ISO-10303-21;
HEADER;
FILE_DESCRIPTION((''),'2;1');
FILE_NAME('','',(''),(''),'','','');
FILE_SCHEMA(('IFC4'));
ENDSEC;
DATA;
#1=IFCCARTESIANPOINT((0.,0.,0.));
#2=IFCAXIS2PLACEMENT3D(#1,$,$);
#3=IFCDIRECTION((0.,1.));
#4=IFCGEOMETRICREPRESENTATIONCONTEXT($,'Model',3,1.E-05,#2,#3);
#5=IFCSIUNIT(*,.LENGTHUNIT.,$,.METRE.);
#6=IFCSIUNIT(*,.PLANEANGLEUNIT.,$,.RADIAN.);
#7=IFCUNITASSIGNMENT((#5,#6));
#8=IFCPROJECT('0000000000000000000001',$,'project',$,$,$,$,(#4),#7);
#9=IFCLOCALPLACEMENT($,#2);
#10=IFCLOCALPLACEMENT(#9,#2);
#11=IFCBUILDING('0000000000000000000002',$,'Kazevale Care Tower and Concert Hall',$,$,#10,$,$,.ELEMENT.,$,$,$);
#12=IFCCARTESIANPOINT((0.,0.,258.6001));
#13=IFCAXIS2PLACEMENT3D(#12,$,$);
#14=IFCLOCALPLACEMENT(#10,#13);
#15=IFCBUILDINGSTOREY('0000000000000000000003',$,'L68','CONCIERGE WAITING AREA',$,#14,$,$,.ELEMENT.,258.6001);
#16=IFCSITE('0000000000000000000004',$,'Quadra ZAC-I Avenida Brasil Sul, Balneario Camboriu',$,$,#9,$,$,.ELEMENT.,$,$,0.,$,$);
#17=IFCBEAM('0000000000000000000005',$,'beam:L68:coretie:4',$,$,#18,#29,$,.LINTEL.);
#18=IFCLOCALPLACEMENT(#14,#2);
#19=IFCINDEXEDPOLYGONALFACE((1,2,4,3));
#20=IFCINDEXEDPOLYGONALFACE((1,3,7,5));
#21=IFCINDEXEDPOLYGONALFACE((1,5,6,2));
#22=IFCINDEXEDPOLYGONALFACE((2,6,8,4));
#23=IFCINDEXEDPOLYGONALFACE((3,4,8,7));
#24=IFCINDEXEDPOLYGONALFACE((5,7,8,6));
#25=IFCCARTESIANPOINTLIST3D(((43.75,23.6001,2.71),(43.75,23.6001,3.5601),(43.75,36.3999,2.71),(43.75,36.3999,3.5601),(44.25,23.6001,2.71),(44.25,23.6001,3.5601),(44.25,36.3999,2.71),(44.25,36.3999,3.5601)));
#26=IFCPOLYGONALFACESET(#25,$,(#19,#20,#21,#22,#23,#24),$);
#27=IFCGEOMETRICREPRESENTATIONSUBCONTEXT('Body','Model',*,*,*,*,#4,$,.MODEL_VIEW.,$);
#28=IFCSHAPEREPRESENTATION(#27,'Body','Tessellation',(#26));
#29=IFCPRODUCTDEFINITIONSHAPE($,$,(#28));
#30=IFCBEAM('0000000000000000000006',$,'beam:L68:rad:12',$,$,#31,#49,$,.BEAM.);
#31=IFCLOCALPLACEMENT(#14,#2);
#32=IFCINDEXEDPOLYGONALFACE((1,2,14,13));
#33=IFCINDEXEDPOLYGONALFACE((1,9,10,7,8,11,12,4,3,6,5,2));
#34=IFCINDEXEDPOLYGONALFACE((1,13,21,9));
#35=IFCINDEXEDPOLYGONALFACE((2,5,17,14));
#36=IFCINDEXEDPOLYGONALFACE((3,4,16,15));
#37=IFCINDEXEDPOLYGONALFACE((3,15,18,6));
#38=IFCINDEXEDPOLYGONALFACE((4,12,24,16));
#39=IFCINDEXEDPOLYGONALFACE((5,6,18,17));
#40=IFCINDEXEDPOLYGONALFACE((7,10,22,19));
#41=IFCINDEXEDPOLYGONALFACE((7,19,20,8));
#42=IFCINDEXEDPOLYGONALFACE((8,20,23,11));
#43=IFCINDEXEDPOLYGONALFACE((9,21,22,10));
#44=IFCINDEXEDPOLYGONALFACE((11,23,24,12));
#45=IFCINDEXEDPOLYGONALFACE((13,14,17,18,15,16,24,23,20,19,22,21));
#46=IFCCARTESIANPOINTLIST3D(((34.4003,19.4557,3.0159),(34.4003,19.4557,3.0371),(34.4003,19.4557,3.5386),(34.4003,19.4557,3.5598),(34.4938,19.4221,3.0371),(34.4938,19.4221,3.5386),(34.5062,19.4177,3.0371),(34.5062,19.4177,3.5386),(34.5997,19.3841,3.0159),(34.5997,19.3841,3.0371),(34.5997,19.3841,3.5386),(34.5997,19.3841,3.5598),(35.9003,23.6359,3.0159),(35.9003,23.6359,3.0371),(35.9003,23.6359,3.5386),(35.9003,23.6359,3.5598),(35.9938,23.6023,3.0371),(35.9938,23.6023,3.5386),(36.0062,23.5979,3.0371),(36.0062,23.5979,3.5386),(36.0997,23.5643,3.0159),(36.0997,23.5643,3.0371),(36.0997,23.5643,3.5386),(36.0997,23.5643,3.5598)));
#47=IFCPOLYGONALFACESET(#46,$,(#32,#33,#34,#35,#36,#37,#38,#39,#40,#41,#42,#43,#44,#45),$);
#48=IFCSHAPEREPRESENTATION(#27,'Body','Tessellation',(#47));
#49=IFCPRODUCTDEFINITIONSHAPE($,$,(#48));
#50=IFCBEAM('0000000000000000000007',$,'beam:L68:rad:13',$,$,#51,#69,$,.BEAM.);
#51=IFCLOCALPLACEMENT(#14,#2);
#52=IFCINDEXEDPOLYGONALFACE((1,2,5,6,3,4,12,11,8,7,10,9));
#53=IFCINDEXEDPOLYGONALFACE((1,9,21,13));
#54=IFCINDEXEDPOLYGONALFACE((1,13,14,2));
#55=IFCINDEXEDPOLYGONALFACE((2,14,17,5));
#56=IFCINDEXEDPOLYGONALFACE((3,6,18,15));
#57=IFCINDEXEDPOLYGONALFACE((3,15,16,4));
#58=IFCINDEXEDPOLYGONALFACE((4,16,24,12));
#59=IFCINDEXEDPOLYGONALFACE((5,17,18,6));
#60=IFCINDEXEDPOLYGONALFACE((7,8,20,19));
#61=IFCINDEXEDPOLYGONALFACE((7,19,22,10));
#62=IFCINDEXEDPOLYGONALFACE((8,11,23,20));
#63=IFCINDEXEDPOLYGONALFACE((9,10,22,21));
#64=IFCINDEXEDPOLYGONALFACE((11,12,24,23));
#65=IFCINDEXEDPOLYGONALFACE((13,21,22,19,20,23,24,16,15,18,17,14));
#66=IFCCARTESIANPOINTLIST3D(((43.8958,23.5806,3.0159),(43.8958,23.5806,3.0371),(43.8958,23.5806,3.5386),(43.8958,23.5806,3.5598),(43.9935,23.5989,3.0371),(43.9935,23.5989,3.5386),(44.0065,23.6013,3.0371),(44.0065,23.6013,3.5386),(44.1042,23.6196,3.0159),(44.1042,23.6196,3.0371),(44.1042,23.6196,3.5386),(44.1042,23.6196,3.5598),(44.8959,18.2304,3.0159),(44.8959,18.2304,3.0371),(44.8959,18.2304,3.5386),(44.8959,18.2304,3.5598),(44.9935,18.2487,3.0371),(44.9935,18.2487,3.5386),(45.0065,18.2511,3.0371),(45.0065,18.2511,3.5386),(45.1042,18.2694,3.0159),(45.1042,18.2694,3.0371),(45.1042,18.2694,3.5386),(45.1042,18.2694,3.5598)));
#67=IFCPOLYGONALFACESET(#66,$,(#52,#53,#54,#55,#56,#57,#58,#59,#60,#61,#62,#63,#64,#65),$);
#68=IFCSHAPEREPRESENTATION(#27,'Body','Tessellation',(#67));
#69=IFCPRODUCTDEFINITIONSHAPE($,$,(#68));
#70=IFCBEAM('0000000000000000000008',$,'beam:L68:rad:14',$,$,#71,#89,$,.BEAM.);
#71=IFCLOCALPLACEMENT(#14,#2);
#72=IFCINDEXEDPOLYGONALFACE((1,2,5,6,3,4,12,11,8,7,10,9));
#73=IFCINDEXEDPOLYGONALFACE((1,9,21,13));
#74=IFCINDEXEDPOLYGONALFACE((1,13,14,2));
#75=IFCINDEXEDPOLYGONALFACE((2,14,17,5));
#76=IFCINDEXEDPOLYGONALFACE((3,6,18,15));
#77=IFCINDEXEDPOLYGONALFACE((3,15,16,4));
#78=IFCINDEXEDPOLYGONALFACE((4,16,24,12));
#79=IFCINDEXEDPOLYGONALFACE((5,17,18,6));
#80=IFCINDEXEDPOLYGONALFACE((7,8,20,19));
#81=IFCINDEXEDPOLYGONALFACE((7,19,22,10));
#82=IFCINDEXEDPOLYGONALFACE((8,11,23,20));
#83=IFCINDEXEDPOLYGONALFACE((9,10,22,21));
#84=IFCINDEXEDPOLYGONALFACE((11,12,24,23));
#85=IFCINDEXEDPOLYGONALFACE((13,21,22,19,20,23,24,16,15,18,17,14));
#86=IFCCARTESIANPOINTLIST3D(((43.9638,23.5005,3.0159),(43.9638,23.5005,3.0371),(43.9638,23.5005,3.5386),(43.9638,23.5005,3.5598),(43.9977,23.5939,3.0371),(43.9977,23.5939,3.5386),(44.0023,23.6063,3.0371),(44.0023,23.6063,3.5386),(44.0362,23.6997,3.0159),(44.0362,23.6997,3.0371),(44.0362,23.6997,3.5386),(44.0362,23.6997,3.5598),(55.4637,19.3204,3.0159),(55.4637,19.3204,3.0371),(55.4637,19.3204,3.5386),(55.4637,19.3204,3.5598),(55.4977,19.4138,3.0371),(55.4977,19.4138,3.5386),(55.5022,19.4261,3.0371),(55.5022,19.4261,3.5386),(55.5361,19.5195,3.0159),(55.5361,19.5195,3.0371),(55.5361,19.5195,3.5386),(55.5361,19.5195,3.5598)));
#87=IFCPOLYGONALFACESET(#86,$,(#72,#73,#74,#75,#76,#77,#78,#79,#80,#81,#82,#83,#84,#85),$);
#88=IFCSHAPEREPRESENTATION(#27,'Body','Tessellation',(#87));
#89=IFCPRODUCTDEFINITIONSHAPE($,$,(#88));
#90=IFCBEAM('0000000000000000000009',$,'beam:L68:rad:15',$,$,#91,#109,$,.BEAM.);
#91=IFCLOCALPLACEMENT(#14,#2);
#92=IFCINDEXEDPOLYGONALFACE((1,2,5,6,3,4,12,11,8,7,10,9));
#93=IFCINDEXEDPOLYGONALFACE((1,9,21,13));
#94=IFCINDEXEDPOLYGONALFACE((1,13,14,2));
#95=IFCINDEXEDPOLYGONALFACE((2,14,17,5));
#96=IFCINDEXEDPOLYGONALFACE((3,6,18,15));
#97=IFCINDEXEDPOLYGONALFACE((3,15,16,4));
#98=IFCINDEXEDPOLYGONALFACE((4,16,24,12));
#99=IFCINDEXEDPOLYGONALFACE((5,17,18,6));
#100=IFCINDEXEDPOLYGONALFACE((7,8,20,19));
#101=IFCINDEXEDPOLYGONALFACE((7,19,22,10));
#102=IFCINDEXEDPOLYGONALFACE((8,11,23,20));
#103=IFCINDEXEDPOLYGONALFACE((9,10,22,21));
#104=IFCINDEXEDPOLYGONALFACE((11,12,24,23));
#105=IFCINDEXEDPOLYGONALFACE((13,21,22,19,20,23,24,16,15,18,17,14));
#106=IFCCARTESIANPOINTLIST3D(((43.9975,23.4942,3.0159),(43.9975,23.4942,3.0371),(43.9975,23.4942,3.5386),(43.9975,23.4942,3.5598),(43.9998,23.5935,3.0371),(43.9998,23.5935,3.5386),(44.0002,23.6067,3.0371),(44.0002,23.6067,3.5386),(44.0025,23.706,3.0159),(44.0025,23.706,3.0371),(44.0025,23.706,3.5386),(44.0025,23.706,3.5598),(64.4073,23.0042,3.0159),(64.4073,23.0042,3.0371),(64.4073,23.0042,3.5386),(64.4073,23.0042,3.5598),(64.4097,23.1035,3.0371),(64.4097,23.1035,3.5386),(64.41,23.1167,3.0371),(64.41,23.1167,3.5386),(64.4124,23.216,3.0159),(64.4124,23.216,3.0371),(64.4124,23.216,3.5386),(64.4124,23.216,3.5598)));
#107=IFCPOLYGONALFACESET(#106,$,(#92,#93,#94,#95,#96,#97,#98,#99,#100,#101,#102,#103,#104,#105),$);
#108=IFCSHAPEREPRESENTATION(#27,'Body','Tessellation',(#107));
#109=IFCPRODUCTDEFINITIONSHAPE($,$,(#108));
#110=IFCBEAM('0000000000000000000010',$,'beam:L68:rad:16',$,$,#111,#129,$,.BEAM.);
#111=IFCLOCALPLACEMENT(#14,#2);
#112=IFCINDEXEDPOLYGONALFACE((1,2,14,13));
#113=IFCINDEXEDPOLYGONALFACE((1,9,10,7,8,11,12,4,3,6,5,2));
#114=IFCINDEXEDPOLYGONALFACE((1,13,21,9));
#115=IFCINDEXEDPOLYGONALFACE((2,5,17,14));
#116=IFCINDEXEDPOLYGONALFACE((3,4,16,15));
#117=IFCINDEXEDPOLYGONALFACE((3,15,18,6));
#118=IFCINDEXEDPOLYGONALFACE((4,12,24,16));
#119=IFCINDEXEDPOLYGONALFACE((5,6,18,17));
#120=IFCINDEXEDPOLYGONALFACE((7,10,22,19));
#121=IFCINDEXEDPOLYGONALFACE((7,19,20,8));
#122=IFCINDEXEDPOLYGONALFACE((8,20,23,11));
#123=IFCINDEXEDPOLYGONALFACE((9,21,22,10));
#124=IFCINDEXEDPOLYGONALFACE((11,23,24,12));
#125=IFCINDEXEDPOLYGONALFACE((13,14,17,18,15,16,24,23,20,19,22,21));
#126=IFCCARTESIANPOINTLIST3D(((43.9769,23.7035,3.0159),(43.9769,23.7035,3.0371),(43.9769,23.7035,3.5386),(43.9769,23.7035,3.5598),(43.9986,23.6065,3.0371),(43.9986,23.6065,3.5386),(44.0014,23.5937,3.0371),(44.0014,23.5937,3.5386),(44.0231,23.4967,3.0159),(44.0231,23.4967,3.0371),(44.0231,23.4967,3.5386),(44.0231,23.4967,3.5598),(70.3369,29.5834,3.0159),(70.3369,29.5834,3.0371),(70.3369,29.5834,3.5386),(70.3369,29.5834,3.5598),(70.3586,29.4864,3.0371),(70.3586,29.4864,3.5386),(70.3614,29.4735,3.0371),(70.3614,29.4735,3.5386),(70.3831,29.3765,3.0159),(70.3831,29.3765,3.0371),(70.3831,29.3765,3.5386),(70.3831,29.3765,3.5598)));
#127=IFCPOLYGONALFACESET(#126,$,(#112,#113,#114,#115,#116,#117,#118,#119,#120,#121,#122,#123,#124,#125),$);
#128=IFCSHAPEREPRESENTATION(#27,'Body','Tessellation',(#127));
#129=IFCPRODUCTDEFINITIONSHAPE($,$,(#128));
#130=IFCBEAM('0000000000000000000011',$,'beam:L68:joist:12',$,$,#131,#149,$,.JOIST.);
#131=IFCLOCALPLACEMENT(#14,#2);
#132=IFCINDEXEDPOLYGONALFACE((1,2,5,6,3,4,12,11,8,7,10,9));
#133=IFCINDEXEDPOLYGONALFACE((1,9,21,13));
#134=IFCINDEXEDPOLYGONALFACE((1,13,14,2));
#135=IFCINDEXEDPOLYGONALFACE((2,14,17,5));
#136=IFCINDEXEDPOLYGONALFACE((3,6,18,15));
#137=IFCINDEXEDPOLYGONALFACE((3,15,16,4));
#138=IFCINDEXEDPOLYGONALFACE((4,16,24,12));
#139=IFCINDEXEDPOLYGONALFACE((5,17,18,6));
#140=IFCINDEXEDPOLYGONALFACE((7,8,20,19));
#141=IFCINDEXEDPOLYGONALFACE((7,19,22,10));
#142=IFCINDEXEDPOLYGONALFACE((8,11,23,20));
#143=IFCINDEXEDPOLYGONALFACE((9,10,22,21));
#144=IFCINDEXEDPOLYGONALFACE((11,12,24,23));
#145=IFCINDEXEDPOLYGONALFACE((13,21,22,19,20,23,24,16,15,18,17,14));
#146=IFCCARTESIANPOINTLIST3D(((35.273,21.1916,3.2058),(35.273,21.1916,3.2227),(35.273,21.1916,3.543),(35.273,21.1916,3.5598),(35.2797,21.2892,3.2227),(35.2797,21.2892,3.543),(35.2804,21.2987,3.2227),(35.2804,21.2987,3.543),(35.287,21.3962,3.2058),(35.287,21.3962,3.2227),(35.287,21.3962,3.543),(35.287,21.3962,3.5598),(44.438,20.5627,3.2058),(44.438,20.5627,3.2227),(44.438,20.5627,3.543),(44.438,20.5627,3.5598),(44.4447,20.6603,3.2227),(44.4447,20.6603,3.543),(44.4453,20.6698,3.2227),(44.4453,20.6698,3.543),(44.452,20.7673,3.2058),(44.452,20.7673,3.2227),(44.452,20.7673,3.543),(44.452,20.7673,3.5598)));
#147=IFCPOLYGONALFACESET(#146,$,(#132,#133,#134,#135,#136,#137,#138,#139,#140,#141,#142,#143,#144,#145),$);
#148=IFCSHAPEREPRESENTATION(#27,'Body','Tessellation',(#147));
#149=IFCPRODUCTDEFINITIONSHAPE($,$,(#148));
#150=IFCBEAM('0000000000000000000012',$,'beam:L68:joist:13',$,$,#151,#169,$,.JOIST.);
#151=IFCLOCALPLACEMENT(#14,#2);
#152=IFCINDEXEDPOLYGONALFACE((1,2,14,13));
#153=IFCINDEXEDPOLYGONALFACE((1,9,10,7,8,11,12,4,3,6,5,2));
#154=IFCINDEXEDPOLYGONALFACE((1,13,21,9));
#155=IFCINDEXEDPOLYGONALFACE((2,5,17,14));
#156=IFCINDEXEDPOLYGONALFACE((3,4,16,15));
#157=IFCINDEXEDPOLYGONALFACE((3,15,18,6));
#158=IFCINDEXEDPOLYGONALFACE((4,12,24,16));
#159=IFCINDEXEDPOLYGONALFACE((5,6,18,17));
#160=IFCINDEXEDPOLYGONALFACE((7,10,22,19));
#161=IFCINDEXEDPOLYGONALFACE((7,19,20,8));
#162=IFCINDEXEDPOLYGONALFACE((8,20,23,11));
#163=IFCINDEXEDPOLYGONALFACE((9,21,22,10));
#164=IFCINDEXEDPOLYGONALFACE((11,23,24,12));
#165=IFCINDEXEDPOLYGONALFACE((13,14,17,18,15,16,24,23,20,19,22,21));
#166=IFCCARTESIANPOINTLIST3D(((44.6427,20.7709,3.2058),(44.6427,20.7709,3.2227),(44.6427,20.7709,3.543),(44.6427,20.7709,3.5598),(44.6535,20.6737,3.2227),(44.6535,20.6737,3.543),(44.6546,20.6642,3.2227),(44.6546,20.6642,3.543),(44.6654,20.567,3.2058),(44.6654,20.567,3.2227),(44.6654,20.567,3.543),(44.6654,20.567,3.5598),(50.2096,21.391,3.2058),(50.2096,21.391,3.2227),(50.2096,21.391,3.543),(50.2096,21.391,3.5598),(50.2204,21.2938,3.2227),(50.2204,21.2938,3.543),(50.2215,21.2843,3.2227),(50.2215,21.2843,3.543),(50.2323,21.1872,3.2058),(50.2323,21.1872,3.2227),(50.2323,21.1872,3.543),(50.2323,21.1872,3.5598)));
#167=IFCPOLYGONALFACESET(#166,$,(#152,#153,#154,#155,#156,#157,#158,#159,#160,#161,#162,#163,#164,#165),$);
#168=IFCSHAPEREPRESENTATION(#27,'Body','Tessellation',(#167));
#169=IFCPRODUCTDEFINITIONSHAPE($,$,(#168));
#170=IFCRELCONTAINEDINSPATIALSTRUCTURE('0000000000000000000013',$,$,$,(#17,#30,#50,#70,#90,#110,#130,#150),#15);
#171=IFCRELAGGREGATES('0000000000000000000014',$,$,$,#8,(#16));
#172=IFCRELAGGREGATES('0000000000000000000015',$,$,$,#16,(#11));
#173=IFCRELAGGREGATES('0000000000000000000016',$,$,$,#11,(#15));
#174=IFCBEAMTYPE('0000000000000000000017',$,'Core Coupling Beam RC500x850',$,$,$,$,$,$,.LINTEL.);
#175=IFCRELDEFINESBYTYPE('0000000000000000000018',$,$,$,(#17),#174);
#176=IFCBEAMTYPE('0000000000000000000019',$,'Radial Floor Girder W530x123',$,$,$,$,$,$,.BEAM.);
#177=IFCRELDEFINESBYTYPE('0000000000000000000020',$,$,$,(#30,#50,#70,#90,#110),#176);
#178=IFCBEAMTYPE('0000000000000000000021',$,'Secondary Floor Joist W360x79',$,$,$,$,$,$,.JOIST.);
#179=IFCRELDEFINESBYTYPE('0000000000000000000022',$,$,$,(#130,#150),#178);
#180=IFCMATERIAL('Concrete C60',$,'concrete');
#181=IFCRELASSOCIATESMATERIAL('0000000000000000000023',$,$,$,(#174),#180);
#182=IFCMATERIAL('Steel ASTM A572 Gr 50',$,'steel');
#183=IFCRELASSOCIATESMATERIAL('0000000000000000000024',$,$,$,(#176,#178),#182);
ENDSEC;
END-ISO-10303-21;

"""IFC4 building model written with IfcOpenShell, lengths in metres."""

from ifc_helpers import new_model, si_unit, direction, frame, origin, origin_2d, place, context, subcontext, project, spatial, rectangle, i_section, extrude, material, material_profile, profile_set, type_object, element, save


model = new_model("IFC4")

# Units and contexts
model_context = context("Model", 3, precision=1e-05, world=origin(), true_north=direction((0.0, 1.0)))
body_context = subcontext(model_context, "Body", "Model", "MODEL_VIEW")
ifc_project = project(units=[si_unit("LENGTHUNIT", "METRE"), si_unit("PLANEANGLEUNIT", "RADIAN")], contexts=[model_context])

# Site, building, storey
site_placement = place(None, origin())
site = spatial("IfcSite", under=ifc_project, at=site_placement, Name="Quadra ZAC-I Avenida Brasil Sul, Balneario Camboriu", CompositionType="ELEMENT", RefElevation=0.0)
building_placement = place(site_placement, origin())
building = spatial("IfcBuilding", under=site, at=building_placement, Name="Kazevale Care Tower and Concert Hall", CompositionType="ELEMENT")
storey_placement = place(building_placement, frame((0.0, 0.0, 258.6001)))
storey = spatial("IfcBuildingStorey", under=building, at=storey_placement, Name="L68", Description="CONCIERGE WAITING AREA", CompositionType="ELEMENT", Elevation=258.6001)

# Beams
ifc_material_1 = material(Name="Concrete C60", Category="concrete")
ifc_material_profile_1 = material_profile(ifc_material_1, rectangle(XDim=0.5, YDim=0.8501, at=origin_2d()), Name="RC-B500x850")
ifc_profile_set_1 = profile_set([ifc_material_profile_1], Name="Concrete C60")
beam_type_1 = type_object("IfcBeamType", Name="Core Coupling Beam RC500x850", PredefinedType="LINTEL", material=ifc_profile_set_1)
beam_1_placement = place(storey_placement, frame((44.0, 23.6001, 3.135), z_axis=(0.0, 1.0, 0.0), x_axis=(-1.0, 0.0, 0.0)))
element("IfcBeam", 1, at=beam_1_placement, inside=storey, type_object=beam_type_1, Name="beam:L68:coretie:4", PredefinedType="LINTEL", context=body_context, shape_type="SweptSolid", body=[
    extrude(rectangle(XDim=0.5, YDim=0.8501, at=origin_2d()), origin(), (0.0, 0.0, 1.0), 12.7998),
])
ifc_material_2 = material(Name="Steel ASTM A572 Gr 50", Category="steel")
ifc_material_profile_2 = material_profile(ifc_material_2, i_section(OverallWidth=0.2119, OverallDepth=0.5439, WebThickness=0.0132, FlangeThickness=0.0212, at=origin_2d()), Name="W530x123")
ifc_profile_set_2 = profile_set([ifc_material_profile_2], Name="Steel ASTM A572 Gr 50")
beam_type_2 = type_object("IfcBeamType", Name="Radial Floor Girder W530x123", PredefinedType="BEAM", material=ifc_profile_set_2)
beam_2_placement = place(storey_placement, frame((36.0, 23.6001, 3.2878), z_axis=(-0.33775, -0.941236, 0.0), x_axis=(0.941236, -0.33775, 0.0)))
element("IfcBeam", 2, at=beam_2_placement, inside=storey, type_object=beam_type_2, Name="beam:L68:rad:12", PredefinedType="BEAM", context=body_context, shape_type="SweptSolid", body=[
    extrude(i_section(OverallWidth=0.2119, OverallDepth=0.5439, WebThickness=0.0132, FlangeThickness=0.0212, at=origin_2d()), origin(), (0.0, 0.0, 1.0), 4.4412),
])
beam_3_placement = place(storey_placement, frame((44.0, 23.6001, 3.2878), z_axis=(0.183731, -0.982977, 0.0), x_axis=(0.982977, 0.183731, 0.0)))
element("IfcBeam", 3, at=beam_3_placement, inside=storey, type_object=beam_type_2, Name="beam:L68:rad:13", PredefinedType="BEAM", context=body_context, shape_type="SweptSolid", body=[
    extrude(i_section(OverallWidth=0.2119, OverallDepth=0.5439, WebThickness=0.0132, FlangeThickness=0.0212, at=origin_2d()), origin(), (0.0, 0.0, 1.0), 5.4429),
])
beam_4_placement = place(storey_placement, frame((44.0, 23.6001, 3.2878), z_axis=(0.939837, -0.341625, 0.0), x_axis=(0.341625, 0.939837, 0.0)))
element("IfcBeam", 4, at=beam_4_placement, inside=storey, type_object=beam_type_2, Name="beam:L68:rad:14", PredefinedType="BEAM", context=body_context, shape_type="SweptSolid", body=[
    extrude(i_section(OverallWidth=0.2119, OverallDepth=0.5439, WebThickness=0.0132, FlangeThickness=0.0212, at=origin_2d()), origin(), (0.0, 0.0, 1.0), 12.2361),
])
beam_5_placement = place(storey_placement, frame((44.0, 23.6001, 3.2878), z_axis=(0.999712, -0.024001, 0.0), x_axis=(0.024001, 0.999712, 0.0)))
element("IfcBeam", 5, at=beam_5_placement, inside=storey, type_object=beam_type_2, Name="beam:L68:rad:15", PredefinedType="BEAM", context=body_context, shape_type="SweptSolid", body=[
    extrude(i_section(OverallWidth=0.2119, OverallDepth=0.5439, WebThickness=0.0132, FlangeThickness=0.0212, at=origin_2d()), origin(), (0.0, 0.0, 1.0), 20.4158),
])
beam_6_placement = place(storey_placement, frame((44.0, 23.6001, 3.2878), z_axis=(0.976014, 0.217709, 0.0), x_axis=(-0.217709, 0.976014, 0.0)))
element("IfcBeam", 6, at=beam_6_placement, inside=storey, type_object=beam_type_2, Name="beam:L68:rad:16", PredefinedType="BEAM", context=body_context, shape_type="SweptSolid", body=[
    extrude(i_section(OverallWidth=0.2119, OverallDepth=0.5439, WebThickness=0.0132, FlangeThickness=0.0212, at=origin_2d()), origin(), (0.0, 0.0, 1.0), 27.0078),
])
ifc_material_profile_3 = material_profile(ifc_material_2, i_section(OverallWidth=0.2051, OverallDepth=0.354, WebThickness=0.0095, FlangeThickness=0.0168, at=origin_2d()), Name="W360x79")
ifc_profile_set_3 = profile_set([ifc_material_profile_3], Name="Steel ASTM A572 Gr 50")
beam_type_3 = type_object("IfcBeamType", Name="Secondary Floor Joist W360x79", PredefinedType="JOIST", material=ifc_profile_set_3)
beam_7_placement = place(storey_placement, frame((35.28, 21.2939, 3.3828), z_axis=(0.997654, -0.068459, 0.0), x_axis=(0.068459, 0.997654, 0.0)))
element("IfcBeam", 7, at=beam_7_placement, inside=storey, type_object=beam_type_3, Name="beam:L68:joist:12", PredefinedType="JOIST", context=body_context, shape_type="SweptSolid", body=[
    extrude(i_section(OverallWidth=0.2051, OverallDepth=0.354, WebThickness=0.0095, FlangeThickness=0.0168, at=origin_2d()), origin(), (0.0, 0.0, 1.0), 9.1865),
])
beam_8_placement = place(storey_placement, frame((44.6541, 20.6689, 3.3828), z_axis=(0.993853, 0.110709, 0.0), x_axis=(-0.110709, 0.993853, 0.0)))
element("IfcBeam", 8, at=beam_8_placement, inside=storey, type_object=beam_type_3, Name="beam:L68:joist:13", PredefinedType="JOIST", context=body_context, shape_type="SweptSolid", body=[
    extrude(i_section(OverallWidth=0.2051, OverallDepth=0.354, WebThickness=0.0095, FlangeThickness=0.0168, at=origin_2d()), origin(), (0.0, 0.0, 1.0), 5.6013),
])

save(model, "model.ifc")
